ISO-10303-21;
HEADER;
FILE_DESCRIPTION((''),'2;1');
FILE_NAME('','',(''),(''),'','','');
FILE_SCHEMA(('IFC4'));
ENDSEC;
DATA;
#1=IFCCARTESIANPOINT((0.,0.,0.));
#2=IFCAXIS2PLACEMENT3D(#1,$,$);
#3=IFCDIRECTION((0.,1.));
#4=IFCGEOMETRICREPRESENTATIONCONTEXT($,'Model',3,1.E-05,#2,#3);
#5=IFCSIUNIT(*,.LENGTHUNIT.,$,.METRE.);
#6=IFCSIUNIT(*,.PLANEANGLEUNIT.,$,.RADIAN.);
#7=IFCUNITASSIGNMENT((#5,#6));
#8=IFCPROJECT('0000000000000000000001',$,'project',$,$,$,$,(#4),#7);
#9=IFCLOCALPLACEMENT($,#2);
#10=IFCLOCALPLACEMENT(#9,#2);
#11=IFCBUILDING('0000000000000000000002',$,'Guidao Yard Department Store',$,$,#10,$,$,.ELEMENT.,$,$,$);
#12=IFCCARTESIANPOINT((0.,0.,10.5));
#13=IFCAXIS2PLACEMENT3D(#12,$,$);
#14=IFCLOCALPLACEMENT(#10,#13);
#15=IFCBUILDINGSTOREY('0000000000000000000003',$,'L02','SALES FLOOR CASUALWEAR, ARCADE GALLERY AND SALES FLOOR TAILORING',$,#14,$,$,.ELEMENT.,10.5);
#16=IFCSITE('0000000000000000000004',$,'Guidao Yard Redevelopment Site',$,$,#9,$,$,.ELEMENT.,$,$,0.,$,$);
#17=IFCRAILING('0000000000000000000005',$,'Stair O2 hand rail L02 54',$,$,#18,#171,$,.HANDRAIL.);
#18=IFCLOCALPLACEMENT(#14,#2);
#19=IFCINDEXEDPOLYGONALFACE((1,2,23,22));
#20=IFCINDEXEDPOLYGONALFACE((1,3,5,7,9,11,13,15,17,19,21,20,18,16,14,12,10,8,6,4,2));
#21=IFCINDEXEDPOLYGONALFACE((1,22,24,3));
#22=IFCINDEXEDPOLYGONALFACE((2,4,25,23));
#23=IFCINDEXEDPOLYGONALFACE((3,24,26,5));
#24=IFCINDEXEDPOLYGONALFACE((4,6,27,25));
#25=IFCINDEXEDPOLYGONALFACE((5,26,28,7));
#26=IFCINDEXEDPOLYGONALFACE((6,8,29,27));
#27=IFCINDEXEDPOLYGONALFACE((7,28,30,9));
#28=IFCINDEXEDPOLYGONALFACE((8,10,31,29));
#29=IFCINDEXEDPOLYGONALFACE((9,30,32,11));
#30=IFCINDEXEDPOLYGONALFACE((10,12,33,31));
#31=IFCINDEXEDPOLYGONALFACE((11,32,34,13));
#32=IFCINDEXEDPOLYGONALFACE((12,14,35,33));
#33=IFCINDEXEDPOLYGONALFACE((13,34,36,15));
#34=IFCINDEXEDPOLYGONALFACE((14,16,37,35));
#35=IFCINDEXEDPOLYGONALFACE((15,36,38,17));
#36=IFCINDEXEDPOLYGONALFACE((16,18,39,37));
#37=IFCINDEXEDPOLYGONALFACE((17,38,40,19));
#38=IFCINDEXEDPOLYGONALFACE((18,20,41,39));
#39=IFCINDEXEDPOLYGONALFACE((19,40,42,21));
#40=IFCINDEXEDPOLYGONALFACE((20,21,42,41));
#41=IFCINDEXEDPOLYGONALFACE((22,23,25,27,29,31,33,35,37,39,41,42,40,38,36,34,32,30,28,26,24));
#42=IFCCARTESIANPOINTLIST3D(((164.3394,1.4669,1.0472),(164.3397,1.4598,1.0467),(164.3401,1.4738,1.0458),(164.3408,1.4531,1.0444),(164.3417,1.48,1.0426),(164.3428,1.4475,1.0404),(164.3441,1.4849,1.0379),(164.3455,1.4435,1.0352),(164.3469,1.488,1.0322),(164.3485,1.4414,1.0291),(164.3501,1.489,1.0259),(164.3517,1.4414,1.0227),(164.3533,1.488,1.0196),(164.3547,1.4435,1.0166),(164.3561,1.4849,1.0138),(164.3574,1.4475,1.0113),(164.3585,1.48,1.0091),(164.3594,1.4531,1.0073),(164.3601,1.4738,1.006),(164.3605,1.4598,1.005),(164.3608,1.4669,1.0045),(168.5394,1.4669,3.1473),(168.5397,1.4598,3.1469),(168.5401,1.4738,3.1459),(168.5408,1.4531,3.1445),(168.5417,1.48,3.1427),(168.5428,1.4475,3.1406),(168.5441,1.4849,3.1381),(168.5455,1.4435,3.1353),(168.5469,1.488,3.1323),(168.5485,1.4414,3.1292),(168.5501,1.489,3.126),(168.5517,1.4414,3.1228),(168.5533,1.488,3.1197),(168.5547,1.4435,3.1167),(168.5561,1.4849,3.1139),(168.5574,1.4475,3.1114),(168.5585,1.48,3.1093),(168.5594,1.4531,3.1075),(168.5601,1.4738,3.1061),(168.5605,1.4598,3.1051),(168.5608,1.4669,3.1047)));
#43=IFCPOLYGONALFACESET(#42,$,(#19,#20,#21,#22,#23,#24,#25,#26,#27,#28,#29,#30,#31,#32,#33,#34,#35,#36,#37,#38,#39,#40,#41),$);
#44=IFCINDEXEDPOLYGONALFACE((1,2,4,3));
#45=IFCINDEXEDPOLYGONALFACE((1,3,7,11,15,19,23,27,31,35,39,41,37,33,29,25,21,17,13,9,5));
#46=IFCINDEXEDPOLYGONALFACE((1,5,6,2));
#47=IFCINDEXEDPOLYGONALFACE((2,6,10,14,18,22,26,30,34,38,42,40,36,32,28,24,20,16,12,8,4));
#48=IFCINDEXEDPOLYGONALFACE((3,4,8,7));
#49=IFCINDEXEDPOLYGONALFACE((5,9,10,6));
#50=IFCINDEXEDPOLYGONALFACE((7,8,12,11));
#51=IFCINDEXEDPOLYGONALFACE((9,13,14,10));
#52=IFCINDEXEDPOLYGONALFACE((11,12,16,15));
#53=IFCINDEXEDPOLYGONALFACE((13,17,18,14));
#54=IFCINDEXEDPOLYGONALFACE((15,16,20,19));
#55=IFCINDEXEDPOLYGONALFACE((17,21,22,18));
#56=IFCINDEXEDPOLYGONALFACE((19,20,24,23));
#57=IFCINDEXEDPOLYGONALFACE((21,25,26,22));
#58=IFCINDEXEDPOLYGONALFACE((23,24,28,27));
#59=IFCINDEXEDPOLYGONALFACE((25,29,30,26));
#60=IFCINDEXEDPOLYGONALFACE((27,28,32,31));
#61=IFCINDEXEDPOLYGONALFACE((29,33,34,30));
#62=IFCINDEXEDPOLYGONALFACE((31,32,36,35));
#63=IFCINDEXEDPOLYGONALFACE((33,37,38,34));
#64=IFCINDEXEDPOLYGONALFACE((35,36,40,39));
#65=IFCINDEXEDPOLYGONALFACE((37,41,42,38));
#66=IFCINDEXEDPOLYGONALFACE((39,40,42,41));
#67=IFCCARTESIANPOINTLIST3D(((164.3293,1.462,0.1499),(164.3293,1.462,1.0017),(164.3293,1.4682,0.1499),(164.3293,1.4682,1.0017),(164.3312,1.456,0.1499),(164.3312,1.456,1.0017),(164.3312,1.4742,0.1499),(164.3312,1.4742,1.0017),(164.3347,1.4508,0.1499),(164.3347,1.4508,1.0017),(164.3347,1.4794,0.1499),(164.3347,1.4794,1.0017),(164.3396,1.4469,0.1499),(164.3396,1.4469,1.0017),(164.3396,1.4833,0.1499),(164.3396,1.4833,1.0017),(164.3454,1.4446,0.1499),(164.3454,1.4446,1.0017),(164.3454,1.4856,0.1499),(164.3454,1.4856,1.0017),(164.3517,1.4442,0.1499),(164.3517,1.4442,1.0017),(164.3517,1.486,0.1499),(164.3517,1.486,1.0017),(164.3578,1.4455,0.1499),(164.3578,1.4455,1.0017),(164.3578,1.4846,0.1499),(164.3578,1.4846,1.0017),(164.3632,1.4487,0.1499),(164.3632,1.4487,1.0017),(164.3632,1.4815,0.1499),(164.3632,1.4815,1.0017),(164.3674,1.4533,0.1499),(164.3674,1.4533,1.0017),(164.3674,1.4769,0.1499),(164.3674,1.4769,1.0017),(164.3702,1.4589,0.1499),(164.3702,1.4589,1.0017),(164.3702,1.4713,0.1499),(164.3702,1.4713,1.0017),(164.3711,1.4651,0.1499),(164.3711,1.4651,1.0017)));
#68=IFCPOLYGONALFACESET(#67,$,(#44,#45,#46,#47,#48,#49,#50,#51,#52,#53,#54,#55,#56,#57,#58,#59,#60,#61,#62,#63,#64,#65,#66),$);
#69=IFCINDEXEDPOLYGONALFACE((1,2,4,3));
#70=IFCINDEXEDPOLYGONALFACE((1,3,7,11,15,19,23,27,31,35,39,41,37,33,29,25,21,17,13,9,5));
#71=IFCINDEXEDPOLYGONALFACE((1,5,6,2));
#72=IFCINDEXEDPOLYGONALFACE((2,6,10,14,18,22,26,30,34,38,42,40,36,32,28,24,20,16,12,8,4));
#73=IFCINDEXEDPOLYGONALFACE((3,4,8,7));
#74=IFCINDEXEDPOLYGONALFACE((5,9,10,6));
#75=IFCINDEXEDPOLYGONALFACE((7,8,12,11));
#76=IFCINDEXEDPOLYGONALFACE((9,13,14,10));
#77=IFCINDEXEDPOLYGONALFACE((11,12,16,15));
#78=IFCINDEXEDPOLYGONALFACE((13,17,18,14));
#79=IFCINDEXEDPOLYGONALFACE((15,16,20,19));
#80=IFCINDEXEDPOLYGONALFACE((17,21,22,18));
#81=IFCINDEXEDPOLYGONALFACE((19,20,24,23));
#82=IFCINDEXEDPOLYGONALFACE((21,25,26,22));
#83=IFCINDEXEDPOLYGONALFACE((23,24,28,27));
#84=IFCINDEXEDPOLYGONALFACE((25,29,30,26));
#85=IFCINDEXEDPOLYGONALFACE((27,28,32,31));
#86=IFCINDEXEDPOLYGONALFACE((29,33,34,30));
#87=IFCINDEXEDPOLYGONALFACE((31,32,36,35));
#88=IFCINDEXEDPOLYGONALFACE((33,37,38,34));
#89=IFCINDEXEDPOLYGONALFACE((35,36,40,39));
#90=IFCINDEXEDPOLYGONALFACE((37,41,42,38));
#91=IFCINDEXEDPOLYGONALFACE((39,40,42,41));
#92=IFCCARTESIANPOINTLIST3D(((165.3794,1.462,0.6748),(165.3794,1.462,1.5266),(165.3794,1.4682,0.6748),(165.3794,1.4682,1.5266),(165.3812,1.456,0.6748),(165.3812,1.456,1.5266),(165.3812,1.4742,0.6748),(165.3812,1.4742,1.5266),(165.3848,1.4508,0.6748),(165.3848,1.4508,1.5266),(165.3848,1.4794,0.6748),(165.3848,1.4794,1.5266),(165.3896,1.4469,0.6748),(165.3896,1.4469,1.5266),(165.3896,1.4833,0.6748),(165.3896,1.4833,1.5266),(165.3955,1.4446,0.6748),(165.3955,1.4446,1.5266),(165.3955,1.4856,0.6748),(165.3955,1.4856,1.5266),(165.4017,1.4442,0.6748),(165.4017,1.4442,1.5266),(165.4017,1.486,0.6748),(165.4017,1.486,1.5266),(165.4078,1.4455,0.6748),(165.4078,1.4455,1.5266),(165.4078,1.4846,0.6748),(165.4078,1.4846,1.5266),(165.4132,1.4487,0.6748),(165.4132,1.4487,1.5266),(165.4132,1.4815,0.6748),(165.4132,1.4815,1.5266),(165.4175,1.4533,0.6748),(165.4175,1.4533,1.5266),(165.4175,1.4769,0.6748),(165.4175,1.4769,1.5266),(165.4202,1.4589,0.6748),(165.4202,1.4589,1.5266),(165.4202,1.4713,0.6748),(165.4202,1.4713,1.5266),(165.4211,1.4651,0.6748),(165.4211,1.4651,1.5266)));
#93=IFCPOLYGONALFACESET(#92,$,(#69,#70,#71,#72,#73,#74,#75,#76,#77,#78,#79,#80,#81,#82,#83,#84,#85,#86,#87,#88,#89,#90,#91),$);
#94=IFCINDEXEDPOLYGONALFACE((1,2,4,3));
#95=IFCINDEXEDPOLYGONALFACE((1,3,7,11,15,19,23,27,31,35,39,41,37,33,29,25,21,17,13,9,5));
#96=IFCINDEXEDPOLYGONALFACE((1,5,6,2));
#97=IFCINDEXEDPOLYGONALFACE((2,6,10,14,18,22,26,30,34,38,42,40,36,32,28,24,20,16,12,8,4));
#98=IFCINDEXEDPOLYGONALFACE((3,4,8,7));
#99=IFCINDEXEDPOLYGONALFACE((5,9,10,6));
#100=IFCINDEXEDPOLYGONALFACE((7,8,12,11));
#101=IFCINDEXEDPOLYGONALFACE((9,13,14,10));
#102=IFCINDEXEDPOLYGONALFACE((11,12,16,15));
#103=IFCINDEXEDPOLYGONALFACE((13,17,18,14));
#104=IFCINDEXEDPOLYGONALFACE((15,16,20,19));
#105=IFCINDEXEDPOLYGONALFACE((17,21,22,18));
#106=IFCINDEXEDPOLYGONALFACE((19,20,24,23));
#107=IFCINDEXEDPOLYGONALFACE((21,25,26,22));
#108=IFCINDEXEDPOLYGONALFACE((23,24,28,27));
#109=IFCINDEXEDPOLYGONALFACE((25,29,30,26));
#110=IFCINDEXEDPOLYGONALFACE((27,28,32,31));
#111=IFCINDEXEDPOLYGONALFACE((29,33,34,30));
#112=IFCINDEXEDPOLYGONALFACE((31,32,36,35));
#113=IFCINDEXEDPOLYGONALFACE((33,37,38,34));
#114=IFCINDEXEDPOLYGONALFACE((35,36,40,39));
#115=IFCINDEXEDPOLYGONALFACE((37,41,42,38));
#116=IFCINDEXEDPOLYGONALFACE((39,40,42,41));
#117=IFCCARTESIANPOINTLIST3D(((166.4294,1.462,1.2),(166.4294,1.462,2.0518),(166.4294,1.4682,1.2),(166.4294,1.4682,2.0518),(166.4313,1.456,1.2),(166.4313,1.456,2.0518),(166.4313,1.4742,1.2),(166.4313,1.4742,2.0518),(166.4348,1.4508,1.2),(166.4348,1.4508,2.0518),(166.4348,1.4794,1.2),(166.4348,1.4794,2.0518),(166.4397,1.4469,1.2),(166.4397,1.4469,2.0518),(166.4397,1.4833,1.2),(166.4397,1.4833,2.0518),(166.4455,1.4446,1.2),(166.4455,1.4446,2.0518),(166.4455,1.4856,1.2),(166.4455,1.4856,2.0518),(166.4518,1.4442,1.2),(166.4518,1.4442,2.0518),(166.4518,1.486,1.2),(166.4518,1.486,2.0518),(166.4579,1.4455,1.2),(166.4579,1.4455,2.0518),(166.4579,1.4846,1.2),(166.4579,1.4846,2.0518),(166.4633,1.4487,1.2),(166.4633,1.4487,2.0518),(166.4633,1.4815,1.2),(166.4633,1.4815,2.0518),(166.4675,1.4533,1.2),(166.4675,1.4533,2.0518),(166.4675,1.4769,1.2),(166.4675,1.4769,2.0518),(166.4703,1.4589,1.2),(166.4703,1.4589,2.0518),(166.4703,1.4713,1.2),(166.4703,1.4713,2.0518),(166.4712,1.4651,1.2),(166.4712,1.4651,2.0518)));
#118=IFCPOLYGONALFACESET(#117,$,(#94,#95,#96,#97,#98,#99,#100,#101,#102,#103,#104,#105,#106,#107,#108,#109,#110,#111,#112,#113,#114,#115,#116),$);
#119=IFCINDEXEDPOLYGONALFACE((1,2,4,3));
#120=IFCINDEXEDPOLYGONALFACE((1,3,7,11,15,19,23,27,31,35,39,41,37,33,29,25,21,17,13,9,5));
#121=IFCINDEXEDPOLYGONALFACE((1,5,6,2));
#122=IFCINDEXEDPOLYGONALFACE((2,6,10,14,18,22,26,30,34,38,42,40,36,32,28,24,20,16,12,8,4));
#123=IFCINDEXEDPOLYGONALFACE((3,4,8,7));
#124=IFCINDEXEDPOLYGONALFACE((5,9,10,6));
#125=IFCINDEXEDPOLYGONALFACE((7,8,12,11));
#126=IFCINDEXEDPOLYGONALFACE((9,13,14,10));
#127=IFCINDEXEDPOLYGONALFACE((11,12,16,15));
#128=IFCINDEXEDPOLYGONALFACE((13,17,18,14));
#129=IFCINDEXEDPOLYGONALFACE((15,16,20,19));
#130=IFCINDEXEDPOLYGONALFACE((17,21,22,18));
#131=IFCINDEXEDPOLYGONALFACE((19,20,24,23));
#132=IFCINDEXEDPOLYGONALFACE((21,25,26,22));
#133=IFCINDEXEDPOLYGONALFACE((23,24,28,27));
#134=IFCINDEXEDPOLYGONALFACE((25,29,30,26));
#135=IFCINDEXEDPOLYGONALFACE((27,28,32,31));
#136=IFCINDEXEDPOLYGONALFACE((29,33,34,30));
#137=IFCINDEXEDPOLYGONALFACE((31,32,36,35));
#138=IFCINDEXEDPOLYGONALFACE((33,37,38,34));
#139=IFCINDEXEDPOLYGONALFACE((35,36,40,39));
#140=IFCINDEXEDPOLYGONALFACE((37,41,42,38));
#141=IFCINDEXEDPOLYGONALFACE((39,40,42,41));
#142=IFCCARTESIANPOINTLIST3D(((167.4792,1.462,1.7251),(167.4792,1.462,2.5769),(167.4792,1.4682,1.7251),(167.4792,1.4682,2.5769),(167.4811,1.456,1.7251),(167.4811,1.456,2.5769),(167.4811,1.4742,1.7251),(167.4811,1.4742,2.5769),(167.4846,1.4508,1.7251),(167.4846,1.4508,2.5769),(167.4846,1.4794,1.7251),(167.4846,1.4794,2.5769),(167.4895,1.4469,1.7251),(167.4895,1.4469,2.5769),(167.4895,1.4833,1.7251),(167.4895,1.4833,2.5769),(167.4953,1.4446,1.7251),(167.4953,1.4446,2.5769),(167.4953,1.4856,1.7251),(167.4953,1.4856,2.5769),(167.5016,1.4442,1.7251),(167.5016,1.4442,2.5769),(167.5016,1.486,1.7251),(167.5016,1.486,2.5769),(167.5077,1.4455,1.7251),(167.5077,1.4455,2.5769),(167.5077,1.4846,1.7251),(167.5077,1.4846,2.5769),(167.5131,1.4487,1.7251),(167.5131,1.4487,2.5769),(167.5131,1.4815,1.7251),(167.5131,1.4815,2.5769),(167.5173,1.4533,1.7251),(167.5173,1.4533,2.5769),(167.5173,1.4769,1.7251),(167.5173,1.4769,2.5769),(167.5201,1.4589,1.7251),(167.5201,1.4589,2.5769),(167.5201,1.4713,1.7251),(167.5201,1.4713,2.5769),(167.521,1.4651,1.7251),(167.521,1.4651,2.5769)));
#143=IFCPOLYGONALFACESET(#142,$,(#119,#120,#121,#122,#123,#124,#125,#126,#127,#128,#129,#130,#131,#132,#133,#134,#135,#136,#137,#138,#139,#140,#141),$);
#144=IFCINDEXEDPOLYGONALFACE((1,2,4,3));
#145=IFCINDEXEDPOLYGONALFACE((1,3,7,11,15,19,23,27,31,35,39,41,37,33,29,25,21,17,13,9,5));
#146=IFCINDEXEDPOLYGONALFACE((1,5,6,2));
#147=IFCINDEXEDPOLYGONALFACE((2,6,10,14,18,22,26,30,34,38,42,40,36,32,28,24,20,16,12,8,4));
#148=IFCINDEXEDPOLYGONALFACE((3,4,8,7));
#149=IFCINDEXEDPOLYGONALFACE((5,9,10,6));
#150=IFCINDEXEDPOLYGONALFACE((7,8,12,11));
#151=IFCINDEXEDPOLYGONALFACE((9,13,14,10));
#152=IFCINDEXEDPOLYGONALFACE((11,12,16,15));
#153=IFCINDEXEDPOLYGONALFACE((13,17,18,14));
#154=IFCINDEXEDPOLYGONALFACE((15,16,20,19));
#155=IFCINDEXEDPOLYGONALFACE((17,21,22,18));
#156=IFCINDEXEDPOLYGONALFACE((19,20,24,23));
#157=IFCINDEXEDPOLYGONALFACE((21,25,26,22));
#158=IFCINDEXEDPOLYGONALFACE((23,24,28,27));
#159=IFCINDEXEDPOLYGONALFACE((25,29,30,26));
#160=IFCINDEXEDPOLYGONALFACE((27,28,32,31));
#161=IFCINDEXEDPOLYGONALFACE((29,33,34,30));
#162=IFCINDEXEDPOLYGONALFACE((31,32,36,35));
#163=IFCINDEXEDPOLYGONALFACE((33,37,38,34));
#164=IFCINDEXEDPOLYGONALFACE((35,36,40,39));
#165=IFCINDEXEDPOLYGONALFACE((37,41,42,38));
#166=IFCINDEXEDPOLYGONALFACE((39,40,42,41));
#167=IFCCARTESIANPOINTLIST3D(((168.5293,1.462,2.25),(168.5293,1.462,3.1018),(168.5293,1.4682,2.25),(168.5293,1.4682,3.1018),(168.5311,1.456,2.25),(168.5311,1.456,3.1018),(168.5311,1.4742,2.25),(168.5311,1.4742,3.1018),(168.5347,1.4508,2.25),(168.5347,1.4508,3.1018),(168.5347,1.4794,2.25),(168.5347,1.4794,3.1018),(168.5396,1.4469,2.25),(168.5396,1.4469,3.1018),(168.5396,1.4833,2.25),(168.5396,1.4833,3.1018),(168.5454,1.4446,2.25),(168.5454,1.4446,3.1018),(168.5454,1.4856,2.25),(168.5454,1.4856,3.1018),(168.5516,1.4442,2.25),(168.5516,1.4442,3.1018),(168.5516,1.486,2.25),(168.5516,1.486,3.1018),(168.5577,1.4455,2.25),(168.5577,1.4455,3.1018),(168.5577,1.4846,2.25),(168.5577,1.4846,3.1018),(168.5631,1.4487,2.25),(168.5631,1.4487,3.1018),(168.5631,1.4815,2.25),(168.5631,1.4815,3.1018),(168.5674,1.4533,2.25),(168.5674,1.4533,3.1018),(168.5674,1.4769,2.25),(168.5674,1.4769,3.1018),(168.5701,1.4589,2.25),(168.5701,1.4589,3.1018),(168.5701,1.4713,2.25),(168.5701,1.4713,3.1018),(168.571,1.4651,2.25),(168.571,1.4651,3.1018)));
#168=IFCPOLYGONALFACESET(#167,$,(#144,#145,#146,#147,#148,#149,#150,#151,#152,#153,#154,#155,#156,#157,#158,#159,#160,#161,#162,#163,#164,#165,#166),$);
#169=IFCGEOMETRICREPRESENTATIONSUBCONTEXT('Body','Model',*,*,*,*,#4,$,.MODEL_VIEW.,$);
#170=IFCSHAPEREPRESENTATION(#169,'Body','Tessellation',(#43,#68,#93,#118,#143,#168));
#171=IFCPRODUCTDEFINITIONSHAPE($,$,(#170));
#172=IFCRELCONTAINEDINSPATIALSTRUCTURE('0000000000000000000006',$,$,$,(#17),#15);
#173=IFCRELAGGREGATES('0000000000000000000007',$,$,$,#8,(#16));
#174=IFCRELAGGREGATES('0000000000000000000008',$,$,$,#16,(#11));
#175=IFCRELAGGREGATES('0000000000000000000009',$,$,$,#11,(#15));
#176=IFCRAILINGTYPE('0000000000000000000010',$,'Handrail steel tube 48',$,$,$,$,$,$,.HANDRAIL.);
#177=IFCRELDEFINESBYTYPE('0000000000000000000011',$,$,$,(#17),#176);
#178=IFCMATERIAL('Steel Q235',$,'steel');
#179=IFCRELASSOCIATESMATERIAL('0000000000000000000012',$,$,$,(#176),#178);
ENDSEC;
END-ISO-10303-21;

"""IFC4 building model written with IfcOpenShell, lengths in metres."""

from ifc_helpers import new_model, si_unit, direction, frame, origin, origin_2d, place, context, subcontext, project, spatial, circle, extrude, material, type_object, element, save


model = new_model("IFC4")

# Units and contexts
model_context = context("Model", 3, precision=1e-05, world=origin(), true_north=direction((0.0, 1.0)))
body_context = subcontext(model_context, "Body", "Model", "MODEL_VIEW")
ifc_project = project(units=[si_unit("LENGTHUNIT", "METRE"), si_unit("PLANEANGLEUNIT", "RADIAN")], contexts=[model_context])

# Site, building, storey
site_placement = place(None, origin())
site = spatial("IfcSite", under=ifc_project, at=site_placement, Name="Guidao Yard Redevelopment Site", CompositionType="ELEMENT", RefElevation=0.0)
building_placement = place(site_placement, origin())
building = spatial("IfcBuilding", under=site, at=building_placement, Name="Guidao Yard Department Store", CompositionType="ELEMENT")
storey_placement = place(building_placement, frame((0.0, 0.0, 10.5)))
storey = spatial("IfcBuildingStorey", under=building, at=storey_placement, Name="L02", Description="SALES FLOOR CASUALWEAR, ARCADE GALLERY AND SALES FLOOR TAILORING", CompositionType="ELEMENT", Elevation=10.5)

# Railing
ifc_material_1 = material(Name="Steel Q235", Category="steel")
railing_type_1 = type_object("IfcRailingType", Name="Handrail steel tube 48", PredefinedType="HANDRAIL", material=ifc_material_1)
railing_1_placement = place(storey_placement, frame((164.3501, 1.4651, 0.1499)))
element("IfcRailing", 1, at=railing_1_placement, inside=storey, type_object=railing_type_1, Name="Stair O2 hand rail L02 54", PredefinedType="HANDRAIL", context=body_context, shape_type="SweptSolid", body=[
    extrude(circle(Radius=0.0239, at=origin_2d()), frame((0.0, 0.0, 0.876), z_axis=(0.894417, 0.0, 0.447234), x_axis=(0.0, 1.0, 0.0)), (0.0, 0.0, 1.0), 4.6958),
    extrude(circle(Radius=0.021, at=origin_2d()), origin(), (0.0, 0.0, 1.0), 0.8518),
    extrude(circle(Radius=0.021, at=origin_2d()), frame((1.05, 0.0, 0.5249)), (0.0, 0.0, 1.0), 0.8518),
    extrude(circle(Radius=0.021, at=origin_2d()), frame((2.1001, 0.0, 1.05)), (0.0, 0.0, 1.0), 0.8518),
    extrude(circle(Radius=0.021, at=origin_2d()), frame((3.1499, 0.0, 1.5752)), (0.0, 0.0, 1.0), 0.8518),
    extrude(circle(Radius=0.021, at=origin_2d()), frame((4.2, 0.0, 2.1001)), (0.0, 0.0, 1.0), 0.8518),
])

save(model, "model.ifc")
